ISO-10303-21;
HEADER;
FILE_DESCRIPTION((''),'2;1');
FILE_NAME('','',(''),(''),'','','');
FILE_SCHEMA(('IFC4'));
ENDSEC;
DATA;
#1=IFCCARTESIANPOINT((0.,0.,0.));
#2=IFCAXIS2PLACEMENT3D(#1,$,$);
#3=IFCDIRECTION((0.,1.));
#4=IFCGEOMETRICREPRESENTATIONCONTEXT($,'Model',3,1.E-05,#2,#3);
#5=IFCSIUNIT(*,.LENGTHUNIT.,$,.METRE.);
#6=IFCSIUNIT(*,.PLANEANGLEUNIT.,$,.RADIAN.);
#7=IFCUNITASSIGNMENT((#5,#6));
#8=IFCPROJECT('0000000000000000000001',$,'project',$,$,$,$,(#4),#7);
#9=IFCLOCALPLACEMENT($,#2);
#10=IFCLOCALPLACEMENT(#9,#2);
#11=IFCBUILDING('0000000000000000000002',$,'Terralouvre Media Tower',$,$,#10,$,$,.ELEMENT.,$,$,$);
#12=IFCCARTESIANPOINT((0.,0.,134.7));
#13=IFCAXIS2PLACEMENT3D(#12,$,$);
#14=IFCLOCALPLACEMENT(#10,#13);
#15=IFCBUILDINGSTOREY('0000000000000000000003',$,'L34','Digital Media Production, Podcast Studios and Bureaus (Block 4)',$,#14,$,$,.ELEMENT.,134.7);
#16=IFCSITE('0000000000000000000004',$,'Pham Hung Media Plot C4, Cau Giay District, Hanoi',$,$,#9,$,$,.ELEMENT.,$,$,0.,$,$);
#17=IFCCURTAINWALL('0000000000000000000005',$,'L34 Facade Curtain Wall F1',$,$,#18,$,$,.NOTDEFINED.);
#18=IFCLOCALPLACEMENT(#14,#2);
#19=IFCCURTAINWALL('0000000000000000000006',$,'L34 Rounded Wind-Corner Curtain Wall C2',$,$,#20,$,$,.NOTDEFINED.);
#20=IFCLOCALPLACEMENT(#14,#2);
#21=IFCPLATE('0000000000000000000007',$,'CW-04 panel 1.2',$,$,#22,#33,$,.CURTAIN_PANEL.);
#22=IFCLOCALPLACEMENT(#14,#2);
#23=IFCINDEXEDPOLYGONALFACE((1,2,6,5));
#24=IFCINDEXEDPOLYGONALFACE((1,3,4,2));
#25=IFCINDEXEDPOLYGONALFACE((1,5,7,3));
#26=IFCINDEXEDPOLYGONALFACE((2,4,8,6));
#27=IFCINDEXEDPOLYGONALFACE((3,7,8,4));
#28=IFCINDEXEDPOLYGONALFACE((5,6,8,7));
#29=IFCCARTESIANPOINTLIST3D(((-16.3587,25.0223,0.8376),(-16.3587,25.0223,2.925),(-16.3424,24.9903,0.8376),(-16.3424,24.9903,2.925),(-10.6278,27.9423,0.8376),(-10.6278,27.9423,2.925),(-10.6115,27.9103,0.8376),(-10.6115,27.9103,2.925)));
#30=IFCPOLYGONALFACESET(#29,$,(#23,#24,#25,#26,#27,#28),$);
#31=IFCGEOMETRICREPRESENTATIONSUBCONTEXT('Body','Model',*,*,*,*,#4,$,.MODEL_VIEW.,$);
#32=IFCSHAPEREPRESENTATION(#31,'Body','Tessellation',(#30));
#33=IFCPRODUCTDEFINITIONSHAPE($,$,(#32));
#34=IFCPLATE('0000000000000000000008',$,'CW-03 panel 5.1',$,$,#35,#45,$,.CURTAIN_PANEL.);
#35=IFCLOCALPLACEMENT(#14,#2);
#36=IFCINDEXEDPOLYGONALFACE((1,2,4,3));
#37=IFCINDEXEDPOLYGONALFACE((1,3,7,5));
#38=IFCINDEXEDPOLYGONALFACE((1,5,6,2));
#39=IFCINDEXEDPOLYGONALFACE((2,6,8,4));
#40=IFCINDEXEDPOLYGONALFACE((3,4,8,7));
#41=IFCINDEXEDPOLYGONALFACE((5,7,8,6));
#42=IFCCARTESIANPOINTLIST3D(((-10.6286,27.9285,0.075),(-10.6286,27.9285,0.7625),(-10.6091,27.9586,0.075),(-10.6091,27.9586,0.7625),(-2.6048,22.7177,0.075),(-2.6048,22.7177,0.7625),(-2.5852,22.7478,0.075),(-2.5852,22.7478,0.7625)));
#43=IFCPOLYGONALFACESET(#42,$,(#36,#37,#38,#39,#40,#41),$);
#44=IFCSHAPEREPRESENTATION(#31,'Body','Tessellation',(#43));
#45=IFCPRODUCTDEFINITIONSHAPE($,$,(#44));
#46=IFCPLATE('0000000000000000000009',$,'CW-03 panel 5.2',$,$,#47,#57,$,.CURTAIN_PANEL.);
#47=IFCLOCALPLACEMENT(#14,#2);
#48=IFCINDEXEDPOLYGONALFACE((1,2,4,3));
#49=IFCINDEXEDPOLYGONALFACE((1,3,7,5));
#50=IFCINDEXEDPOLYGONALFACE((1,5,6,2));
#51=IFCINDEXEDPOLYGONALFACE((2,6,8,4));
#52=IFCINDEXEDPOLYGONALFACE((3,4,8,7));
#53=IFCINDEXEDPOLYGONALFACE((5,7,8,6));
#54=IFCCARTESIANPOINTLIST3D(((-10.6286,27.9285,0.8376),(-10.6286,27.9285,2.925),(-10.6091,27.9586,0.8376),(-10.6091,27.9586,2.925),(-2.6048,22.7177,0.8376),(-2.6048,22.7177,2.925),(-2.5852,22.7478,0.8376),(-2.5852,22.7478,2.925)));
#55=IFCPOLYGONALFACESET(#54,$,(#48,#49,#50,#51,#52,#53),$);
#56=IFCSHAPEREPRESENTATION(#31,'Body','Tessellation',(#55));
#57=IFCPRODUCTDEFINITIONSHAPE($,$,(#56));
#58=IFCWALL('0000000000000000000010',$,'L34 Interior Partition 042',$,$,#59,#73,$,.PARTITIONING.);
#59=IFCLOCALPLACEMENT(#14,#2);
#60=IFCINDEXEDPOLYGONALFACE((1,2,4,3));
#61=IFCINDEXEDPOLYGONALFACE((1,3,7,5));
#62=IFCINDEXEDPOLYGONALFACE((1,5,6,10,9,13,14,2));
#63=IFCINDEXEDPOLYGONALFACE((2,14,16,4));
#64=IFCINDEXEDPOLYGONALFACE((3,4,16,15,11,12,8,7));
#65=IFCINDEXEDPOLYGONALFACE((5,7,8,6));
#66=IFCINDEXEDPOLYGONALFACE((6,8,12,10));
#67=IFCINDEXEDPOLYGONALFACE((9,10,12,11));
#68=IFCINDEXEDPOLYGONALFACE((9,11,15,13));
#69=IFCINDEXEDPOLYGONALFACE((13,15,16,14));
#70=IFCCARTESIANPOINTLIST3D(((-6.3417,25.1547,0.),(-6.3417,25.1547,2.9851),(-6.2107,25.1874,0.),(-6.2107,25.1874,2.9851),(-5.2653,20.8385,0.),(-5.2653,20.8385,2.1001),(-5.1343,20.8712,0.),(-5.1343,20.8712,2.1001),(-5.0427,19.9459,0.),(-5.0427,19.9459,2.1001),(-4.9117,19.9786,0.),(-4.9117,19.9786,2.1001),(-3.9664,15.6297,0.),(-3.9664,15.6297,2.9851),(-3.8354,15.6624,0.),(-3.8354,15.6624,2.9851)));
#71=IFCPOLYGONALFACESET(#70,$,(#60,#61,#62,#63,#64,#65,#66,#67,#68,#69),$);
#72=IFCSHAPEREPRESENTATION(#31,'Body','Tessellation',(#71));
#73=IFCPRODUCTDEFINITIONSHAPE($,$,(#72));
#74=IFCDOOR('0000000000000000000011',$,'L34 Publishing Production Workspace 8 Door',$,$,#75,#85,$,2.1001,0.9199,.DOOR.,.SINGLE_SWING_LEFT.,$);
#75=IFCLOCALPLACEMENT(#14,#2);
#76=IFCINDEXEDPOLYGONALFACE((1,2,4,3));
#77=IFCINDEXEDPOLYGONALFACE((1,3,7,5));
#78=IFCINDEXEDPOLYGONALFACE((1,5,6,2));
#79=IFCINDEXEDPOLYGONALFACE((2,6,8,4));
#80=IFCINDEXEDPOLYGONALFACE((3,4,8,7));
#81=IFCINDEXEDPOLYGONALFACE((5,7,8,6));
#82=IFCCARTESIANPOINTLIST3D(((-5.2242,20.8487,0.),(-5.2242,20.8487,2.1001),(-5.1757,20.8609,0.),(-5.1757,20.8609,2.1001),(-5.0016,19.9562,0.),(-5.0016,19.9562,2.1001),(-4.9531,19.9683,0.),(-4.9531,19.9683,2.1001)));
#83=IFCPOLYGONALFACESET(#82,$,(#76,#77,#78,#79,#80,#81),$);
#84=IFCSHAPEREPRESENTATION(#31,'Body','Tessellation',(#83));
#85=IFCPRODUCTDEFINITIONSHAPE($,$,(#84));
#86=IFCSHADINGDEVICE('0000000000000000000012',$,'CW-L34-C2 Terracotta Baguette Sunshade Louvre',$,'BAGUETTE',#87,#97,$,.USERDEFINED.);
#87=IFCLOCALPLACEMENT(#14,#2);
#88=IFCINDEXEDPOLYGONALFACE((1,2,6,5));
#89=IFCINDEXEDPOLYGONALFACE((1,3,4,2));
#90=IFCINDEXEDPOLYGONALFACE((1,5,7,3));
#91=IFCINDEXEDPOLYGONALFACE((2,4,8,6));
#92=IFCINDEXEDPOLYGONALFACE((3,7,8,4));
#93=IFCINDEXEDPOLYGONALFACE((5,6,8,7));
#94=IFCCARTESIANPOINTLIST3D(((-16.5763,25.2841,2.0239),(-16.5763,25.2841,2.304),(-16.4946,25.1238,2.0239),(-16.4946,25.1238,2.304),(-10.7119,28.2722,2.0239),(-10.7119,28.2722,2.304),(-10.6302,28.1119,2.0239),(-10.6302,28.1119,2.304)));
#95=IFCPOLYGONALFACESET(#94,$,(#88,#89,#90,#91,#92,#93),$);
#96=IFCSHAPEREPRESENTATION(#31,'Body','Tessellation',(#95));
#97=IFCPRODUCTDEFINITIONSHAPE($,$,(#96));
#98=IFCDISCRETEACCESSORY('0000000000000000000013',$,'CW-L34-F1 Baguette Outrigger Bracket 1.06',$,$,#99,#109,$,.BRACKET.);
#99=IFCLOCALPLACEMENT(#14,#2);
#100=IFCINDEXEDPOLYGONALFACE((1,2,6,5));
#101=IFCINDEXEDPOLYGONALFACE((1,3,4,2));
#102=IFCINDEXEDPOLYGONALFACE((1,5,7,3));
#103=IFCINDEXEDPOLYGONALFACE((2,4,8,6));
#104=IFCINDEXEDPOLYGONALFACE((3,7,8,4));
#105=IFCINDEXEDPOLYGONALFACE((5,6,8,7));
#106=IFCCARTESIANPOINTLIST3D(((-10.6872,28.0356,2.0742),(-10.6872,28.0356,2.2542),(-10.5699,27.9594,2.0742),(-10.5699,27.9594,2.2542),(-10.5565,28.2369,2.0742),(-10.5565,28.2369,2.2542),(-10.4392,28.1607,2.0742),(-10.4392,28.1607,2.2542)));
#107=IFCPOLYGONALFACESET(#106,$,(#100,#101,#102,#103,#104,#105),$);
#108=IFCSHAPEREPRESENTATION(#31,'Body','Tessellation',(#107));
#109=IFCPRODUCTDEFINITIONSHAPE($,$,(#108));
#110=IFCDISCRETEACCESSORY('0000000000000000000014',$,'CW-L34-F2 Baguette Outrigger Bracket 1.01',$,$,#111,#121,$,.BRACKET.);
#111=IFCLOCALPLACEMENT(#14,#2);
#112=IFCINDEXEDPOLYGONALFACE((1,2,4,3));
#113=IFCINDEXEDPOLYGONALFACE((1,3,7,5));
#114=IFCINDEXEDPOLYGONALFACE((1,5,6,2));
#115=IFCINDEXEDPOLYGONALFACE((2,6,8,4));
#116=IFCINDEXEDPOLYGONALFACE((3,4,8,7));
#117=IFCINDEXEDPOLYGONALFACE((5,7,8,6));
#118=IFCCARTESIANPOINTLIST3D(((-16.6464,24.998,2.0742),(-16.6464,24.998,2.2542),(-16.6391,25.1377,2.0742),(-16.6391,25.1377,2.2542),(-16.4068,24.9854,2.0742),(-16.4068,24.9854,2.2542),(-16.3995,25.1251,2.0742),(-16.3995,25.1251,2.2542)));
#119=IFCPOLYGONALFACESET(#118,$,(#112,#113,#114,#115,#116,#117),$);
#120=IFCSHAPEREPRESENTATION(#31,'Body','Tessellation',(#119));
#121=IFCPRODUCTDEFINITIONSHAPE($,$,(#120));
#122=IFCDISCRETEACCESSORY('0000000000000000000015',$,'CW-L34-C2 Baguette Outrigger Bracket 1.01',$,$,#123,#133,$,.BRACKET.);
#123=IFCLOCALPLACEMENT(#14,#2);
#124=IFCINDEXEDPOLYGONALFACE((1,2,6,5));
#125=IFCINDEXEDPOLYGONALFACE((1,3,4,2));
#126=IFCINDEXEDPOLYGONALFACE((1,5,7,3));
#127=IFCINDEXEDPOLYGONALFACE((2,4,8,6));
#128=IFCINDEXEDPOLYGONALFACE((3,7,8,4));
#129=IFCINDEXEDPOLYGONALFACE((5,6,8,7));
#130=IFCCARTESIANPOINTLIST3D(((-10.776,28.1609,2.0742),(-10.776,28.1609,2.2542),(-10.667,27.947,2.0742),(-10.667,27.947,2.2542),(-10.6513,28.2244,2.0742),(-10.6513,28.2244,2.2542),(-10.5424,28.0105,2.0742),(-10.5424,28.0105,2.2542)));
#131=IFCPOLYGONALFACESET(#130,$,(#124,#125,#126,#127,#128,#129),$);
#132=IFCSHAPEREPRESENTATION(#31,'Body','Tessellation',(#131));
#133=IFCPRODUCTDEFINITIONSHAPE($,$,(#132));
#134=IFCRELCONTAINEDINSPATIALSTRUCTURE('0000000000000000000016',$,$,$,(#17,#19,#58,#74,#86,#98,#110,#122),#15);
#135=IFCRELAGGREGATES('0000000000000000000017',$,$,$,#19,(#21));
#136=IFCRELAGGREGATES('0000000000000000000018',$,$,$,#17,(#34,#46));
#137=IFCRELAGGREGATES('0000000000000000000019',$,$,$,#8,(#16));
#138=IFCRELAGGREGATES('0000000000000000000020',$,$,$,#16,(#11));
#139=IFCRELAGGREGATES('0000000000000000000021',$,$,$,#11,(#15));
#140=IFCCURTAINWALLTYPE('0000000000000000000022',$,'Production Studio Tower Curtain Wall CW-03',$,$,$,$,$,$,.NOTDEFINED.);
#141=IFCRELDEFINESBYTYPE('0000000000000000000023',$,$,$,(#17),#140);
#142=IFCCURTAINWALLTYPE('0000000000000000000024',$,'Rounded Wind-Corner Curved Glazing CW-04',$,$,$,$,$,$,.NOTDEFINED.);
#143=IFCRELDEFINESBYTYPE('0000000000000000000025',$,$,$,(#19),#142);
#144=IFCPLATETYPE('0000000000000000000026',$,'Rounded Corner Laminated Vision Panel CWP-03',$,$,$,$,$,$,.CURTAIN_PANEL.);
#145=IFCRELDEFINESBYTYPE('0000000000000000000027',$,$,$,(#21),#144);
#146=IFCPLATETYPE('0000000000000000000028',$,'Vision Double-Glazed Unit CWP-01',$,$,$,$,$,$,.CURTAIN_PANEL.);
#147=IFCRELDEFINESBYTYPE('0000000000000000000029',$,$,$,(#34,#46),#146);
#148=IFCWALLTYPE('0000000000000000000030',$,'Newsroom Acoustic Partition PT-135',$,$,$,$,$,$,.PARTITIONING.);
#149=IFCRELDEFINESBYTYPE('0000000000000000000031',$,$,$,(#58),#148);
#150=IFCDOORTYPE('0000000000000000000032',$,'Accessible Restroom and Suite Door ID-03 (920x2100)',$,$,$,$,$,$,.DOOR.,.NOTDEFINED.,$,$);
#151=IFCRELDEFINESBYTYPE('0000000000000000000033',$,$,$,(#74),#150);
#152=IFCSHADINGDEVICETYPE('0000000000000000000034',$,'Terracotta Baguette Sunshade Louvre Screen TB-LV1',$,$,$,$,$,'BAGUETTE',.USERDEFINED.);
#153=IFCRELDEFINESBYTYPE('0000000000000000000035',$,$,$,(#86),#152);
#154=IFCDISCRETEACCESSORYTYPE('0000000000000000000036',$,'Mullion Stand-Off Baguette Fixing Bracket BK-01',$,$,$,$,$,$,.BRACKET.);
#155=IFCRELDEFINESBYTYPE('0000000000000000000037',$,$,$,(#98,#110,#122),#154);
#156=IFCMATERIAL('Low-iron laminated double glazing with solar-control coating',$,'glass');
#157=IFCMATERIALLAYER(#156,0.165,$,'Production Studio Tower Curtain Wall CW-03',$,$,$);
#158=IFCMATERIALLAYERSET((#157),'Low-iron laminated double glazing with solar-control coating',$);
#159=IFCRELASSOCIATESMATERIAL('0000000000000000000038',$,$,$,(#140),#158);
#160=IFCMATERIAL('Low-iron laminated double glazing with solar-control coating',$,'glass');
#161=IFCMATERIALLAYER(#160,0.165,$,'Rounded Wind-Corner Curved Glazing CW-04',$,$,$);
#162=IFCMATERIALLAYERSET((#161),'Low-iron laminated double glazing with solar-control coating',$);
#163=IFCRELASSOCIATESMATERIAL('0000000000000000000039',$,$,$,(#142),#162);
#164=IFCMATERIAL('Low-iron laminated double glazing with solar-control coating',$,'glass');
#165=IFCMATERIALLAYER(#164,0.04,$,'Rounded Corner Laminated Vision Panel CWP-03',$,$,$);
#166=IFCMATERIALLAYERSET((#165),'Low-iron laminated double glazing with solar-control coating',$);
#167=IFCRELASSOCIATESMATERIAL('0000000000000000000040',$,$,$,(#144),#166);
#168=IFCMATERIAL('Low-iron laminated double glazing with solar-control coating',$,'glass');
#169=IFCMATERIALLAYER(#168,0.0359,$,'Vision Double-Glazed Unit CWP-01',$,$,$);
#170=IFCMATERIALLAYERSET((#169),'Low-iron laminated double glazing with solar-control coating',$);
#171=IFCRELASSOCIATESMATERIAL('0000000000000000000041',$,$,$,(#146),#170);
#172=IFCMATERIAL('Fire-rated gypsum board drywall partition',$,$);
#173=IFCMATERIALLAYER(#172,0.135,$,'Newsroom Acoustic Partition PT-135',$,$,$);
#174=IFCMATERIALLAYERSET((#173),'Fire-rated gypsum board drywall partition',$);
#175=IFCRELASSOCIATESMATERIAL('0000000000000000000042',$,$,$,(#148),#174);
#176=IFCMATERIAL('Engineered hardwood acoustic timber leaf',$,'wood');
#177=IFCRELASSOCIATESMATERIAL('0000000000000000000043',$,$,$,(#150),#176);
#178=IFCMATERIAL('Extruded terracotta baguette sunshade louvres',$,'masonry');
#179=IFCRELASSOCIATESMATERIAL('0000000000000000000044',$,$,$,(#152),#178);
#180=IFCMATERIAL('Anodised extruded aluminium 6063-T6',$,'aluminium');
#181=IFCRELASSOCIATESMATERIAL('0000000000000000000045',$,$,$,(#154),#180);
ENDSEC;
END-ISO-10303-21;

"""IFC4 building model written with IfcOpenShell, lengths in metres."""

from ifc_helpers import new_model, si_unit, direction, frame, frame_2d, origin, origin_2d, place, context, subcontext, project, spatial, rectangle, extrude, material, layer, layer_set, type_object, element, fill, aggregate, save


model = new_model("IFC4")

# Units and contexts
model_context = context("Model", 3, precision=1e-05, world=origin(), true_north=direction((0.0, 1.0)))
body_context = subcontext(model_context, "Body", "Model", "MODEL_VIEW")
ifc_project = project(units=[si_unit("LENGTHUNIT", "METRE"), si_unit("PLANEANGLEUNIT", "RADIAN")], contexts=[model_context])

# Site, building, storey
site_placement = place(None, origin())
site = spatial("IfcSite", under=ifc_project, at=site_placement, Name="Pham Hung Media Plot C4, Cau Giay District, Hanoi", CompositionType="ELEMENT", RefElevation=0.0)
building_placement = place(site_placement, origin())
building = spatial("IfcBuilding", under=site, at=building_placement, Name="Terralouvre Media Tower", CompositionType="ELEMENT")
storey_placement = place(building_placement, frame((0.0, 0.0, 134.7)))
storey = spatial("IfcBuildingStorey", under=building, at=storey_placement, Name="L34", Description="Digital Media Production, Podcast Studios and Bureaus (Block 4)", CompositionType="ELEMENT", Elevation=134.7)

# Curtain wall
ifc_material_1 = material(Name="Low-iron laminated double glazing with solar-control coating", Category="glass")
ifc_layer_1 = layer(ifc_material_1, 0.165, Name="Production Studio Tower Curtain Wall CW-03")
ifc_layer_set_1 = layer_set([ifc_layer_1], Name="Low-iron laminated double glazing with solar-control coating")
curtain_wall_type_1 = type_object("IfcCurtainWallType", Name="Production Studio Tower Curtain Wall CW-03", PredefinedType="NOTDEFINED", material=ifc_layer_set_1)
curtain_wall_1_placement = place(storey_placement, origin())
curtain_wall_1 = element("IfcCurtainWall", 1, at=curtain_wall_1_placement, inside=storey, type_object=curtain_wall_type_1, Name="L34 Facade Curtain Wall F1", PredefinedType="NOTDEFINED")

# Curtain wall
ifc_material_2 = material(Name="Low-iron laminated double glazing with solar-control coating", Category="glass")
ifc_layer_2 = layer(ifc_material_2, 0.165, Name="Rounded Wind-Corner Curved Glazing CW-04")
ifc_layer_set_2 = layer_set([ifc_layer_2], Name="Low-iron laminated double glazing with solar-control coating")
curtain_wall_type_2 = type_object("IfcCurtainWallType", Name="Rounded Wind-Corner Curved Glazing CW-04", PredefinedType="NOTDEFINED", material=ifc_layer_set_2)
curtain_wall_2_placement = place(storey_placement, origin())
curtain_wall_2 = element("IfcCurtainWall", 2, at=curtain_wall_2_placement, inside=storey, type_object=curtain_wall_type_2, Name="L34 Rounded Wind-Corner Curtain Wall C2", PredefinedType="NOTDEFINED")

# Plates
ifc_material_3 = material(Name="Low-iron laminated double glazing with solar-control coating", Category="glass")
ifc_layer_3 = layer(ifc_material_3, 0.04, Name="Rounded Corner Laminated Vision Panel CWP-03")
ifc_layer_set_3 = layer_set([ifc_layer_3], Name="Low-iron laminated double glazing with solar-control coating")
plate_type_1 = type_object("IfcPlateType", Name="Rounded Corner Laminated Vision Panel CWP-03", PredefinedType="CURTAIN_PANEL", material=ifc_layer_set_3)
plate_1_placement = place(storey_placement, frame((-13.4851, 26.4663, 0.8376), z_axis=(0.0, 0.0, 1.0), x_axis=(-0.891007, -0.45399, 0.0)))
plate_1 = element("IfcPlate", 3, at=plate_1_placement, type_object=plate_type_1, Name="CW-04 panel 1.2", PredefinedType="CURTAIN_PANEL", context=body_context, shape_type="SweptSolid", body=[
    extrude(rectangle(XDim=6.4319, YDim=0.0359, at=origin_2d()), origin(), (0.0, 0.0, 1.0), 2.0874),
])
aggregate(curtain_wall_2, [plate_1])
ifc_material_4 = material(Name="Low-iron laminated double glazing with solar-control coating", Category="glass")
ifc_layer_4 = layer(ifc_material_4, 0.0359, Name="Vision Double-Glazed Unit CWP-01")
ifc_layer_set_4 = layer_set([ifc_layer_4], Name="Low-iron laminated double glazing with solar-control coating")
plate_type_2 = type_object("IfcPlateType", Name="Vision Double-Glazed Unit CWP-01", PredefinedType="CURTAIN_PANEL", material=ifc_layer_set_4)
plate_2_placement = place(storey_placement, frame((-6.6069, 25.3381, 0.075), z_axis=(0.0, 0.0, 1.0), x_axis=(-0.838671, 0.544639, 0.0)))
plate_2 = element("IfcPlate", 4, at=plate_2_placement, type_object=plate_type_2, Name="CW-03 panel 5.1", PredefinedType="CURTAIN_PANEL", context=body_context, shape_type="SweptSolid", body=[
    extrude(rectangle(XDim=9.5674, YDim=0.0359, at=origin_2d()), origin(), (0.0, 0.0, 1.0), 0.6875),
])
plate_3_placement = place(storey_placement, frame((-6.6069, 25.3381, 0.8376), z_axis=(0.0, 0.0, 1.0), x_axis=(-0.838671, 0.544639, 0.0)))
plate_3 = element("IfcPlate", 5, at=plate_3_placement, type_object=plate_type_2, Name="CW-03 panel 5.2", PredefinedType="CURTAIN_PANEL", context=body_context, shape_type="SweptSolid", body=[
    extrude(rectangle(XDim=9.5674, YDim=0.0359, at=origin_2d()), origin(), (0.0, 0.0, 1.0), 2.0874),
])
aggregate(curtain_wall_1, [plate_2, plate_3])

# Wall, opening, door
ifc_material_5 = material(Name="Fire-rated gypsum board drywall partition")
ifc_layer_5 = layer(ifc_material_5, 0.135, Name="Newsroom Acoustic Partition PT-135")
ifc_layer_set_5 = layer_set([ifc_layer_5], Name="Fire-rated gypsum board drywall partition")
wall_type = type_object("IfcWallType", Name="Newsroom Acoustic Partition PT-135", PredefinedType="PARTITIONING", material=ifc_layer_set_5)
wall_placement = place(storey_placement, frame((-6.2761, 25.1709, 0.0), z_axis=(0.0, 0.0, 1.0), x_axis=(0.241962, -0.970286, 0.0)))
wall = element("IfcWall", 6, at=wall_placement, inside=storey, type_object=wall_type, Name="L34 Interior Partition 042", PredefinedType="PARTITIONING", context=body_context, shape_type="SweptSolid", body=[
    extrude(rectangle(XDim=9.8167, YDim=0.135, at=frame_2d((4.9082, 0.0))), origin(), (0.0, 0.0, 1.0), 2.9851),
])
opening_placement = place(wall_placement, frame((4.4482, 0.0, 0.0)))
opening = element("IfcOpeningElement", 7, at=opening_placement, cuts=wall, PredefinedType="OPENING", context=body_context, shape_type="SweptSolid", body=[
    extrude(rectangle(XDim=0.9199, YDim=2.1001, at=frame_2d((0.46, 1.05))), frame((0.0, 0.0774, 0.0), z_axis=(0.0, -1.0, 0.0), x_axis=(1.0, 0.0, 0.0)), (0.0, 0.0, 1.0), 0.155),
])
ifc_material_6 = material(Name="Engineered hardwood acoustic timber leaf", Category="wood")
door_type = type_object("IfcDoorType", Name="Accessible Restroom and Suite Door ID-03 (920x2100)", OperationType="NOTDEFINED", PredefinedType="DOOR", material=ifc_material_6)
door_placement = place(opening_placement, origin())
door = element("IfcDoor", 8, at=door_placement, inside=storey, type_object=door_type, Name="L34 Publishing Production Workspace 8 Door", OperationType="SINGLE_SWING_LEFT", OverallHeight=2.1001, OverallWidth=0.9199, PredefinedType="DOOR", context=body_context, shape_type="SweptSolid", body=[
    extrude(rectangle(XDim=0.9199, YDim=2.1001, at=frame_2d((0.46, 1.05))), frame((0.0, 0.0249, 0.0), z_axis=(0.0, -1.0, 0.0), x_axis=(1.0, 0.0, 0.0)), (0.0, 0.0, 1.0), 0.05),
])
fill(opening, door)

# Shading device
ifc_material_7 = material(Name="Extruded terracotta baguette sunshade louvres", Category="masonry")
shading_device_type = type_object("IfcShadingDeviceType", Name="Terracotta Baguette Sunshade Louvre Screen TB-LV1", ElementType="BAGUETTE", PredefinedType="USERDEFINED", material=ifc_material_7)
shading_device_placement = place(storey_placement, frame((-13.6033, 26.698, 2.0239), z_axis=(0.0, 0.0, 1.0), x_axis=(-0.891007, -0.45399, 0.0)))
element("IfcShadingDevice", 9, at=shading_device_placement, inside=storey, type_object=shading_device_type, Name="CW-L34-C2 Terracotta Baguette Sunshade Louvre", ObjectType="BAGUETTE", PredefinedType="USERDEFINED", context=body_context, shape_type="SweptSolid", body=[
    extrude(rectangle(XDim=6.5818, YDim=0.1799, at=origin_2d()), origin(), (0.0, 0.0, 1.0), 0.28),
])

# Discrete accessories
ifc_material_8 = material(Name="Anodised extruded aluminium 6063-T6", Category="aluminium")
discrete_accessory_type = type_object("IfcDiscreteAccessoryType", Name="Mullion Stand-Off Baguette Fixing Bracket BK-01", PredefinedType="BRACKET", material=ifc_material_8)
for number, where, z_axis, x_axis, name in (
    (10, (-10.5632, 28.0981, 2.0742), (0.0, 0.0, 1.0), (-0.838671, 0.544639, 0.0), "CW-L34-F1 Baguette Outrigger Bracket 1.06"),
    (11, (-16.5229, 25.0615, 2.0742), (0.0, 0.0, 1.0), (-0.052336, -0.99863, 0.0), "CW-L34-F2 Baguette Outrigger Bracket 1.01"),
    (12, (-10.6592, 28.0857, 2.0742), (0.0, 0.0, 1.0), (-0.891007, -0.45399, 0.0), "CW-L34-C2 Baguette Outrigger Bracket 1.01"),
):
    element("IfcDiscreteAccessory", number, at=place(storey_placement, frame(where, z_axis=z_axis, x_axis=x_axis)), inside=storey, type_object=discrete_accessory_type, Name=name, PredefinedType="BRACKET", context=body_context, shape_type="SweptSolid", body=[
        extrude(rectangle(XDim=0.1399, YDim=0.24, at=origin_2d()), origin(), (0.0, 0.0, 1.0), 0.1799),
    ])

save(model, "model.ifc")
